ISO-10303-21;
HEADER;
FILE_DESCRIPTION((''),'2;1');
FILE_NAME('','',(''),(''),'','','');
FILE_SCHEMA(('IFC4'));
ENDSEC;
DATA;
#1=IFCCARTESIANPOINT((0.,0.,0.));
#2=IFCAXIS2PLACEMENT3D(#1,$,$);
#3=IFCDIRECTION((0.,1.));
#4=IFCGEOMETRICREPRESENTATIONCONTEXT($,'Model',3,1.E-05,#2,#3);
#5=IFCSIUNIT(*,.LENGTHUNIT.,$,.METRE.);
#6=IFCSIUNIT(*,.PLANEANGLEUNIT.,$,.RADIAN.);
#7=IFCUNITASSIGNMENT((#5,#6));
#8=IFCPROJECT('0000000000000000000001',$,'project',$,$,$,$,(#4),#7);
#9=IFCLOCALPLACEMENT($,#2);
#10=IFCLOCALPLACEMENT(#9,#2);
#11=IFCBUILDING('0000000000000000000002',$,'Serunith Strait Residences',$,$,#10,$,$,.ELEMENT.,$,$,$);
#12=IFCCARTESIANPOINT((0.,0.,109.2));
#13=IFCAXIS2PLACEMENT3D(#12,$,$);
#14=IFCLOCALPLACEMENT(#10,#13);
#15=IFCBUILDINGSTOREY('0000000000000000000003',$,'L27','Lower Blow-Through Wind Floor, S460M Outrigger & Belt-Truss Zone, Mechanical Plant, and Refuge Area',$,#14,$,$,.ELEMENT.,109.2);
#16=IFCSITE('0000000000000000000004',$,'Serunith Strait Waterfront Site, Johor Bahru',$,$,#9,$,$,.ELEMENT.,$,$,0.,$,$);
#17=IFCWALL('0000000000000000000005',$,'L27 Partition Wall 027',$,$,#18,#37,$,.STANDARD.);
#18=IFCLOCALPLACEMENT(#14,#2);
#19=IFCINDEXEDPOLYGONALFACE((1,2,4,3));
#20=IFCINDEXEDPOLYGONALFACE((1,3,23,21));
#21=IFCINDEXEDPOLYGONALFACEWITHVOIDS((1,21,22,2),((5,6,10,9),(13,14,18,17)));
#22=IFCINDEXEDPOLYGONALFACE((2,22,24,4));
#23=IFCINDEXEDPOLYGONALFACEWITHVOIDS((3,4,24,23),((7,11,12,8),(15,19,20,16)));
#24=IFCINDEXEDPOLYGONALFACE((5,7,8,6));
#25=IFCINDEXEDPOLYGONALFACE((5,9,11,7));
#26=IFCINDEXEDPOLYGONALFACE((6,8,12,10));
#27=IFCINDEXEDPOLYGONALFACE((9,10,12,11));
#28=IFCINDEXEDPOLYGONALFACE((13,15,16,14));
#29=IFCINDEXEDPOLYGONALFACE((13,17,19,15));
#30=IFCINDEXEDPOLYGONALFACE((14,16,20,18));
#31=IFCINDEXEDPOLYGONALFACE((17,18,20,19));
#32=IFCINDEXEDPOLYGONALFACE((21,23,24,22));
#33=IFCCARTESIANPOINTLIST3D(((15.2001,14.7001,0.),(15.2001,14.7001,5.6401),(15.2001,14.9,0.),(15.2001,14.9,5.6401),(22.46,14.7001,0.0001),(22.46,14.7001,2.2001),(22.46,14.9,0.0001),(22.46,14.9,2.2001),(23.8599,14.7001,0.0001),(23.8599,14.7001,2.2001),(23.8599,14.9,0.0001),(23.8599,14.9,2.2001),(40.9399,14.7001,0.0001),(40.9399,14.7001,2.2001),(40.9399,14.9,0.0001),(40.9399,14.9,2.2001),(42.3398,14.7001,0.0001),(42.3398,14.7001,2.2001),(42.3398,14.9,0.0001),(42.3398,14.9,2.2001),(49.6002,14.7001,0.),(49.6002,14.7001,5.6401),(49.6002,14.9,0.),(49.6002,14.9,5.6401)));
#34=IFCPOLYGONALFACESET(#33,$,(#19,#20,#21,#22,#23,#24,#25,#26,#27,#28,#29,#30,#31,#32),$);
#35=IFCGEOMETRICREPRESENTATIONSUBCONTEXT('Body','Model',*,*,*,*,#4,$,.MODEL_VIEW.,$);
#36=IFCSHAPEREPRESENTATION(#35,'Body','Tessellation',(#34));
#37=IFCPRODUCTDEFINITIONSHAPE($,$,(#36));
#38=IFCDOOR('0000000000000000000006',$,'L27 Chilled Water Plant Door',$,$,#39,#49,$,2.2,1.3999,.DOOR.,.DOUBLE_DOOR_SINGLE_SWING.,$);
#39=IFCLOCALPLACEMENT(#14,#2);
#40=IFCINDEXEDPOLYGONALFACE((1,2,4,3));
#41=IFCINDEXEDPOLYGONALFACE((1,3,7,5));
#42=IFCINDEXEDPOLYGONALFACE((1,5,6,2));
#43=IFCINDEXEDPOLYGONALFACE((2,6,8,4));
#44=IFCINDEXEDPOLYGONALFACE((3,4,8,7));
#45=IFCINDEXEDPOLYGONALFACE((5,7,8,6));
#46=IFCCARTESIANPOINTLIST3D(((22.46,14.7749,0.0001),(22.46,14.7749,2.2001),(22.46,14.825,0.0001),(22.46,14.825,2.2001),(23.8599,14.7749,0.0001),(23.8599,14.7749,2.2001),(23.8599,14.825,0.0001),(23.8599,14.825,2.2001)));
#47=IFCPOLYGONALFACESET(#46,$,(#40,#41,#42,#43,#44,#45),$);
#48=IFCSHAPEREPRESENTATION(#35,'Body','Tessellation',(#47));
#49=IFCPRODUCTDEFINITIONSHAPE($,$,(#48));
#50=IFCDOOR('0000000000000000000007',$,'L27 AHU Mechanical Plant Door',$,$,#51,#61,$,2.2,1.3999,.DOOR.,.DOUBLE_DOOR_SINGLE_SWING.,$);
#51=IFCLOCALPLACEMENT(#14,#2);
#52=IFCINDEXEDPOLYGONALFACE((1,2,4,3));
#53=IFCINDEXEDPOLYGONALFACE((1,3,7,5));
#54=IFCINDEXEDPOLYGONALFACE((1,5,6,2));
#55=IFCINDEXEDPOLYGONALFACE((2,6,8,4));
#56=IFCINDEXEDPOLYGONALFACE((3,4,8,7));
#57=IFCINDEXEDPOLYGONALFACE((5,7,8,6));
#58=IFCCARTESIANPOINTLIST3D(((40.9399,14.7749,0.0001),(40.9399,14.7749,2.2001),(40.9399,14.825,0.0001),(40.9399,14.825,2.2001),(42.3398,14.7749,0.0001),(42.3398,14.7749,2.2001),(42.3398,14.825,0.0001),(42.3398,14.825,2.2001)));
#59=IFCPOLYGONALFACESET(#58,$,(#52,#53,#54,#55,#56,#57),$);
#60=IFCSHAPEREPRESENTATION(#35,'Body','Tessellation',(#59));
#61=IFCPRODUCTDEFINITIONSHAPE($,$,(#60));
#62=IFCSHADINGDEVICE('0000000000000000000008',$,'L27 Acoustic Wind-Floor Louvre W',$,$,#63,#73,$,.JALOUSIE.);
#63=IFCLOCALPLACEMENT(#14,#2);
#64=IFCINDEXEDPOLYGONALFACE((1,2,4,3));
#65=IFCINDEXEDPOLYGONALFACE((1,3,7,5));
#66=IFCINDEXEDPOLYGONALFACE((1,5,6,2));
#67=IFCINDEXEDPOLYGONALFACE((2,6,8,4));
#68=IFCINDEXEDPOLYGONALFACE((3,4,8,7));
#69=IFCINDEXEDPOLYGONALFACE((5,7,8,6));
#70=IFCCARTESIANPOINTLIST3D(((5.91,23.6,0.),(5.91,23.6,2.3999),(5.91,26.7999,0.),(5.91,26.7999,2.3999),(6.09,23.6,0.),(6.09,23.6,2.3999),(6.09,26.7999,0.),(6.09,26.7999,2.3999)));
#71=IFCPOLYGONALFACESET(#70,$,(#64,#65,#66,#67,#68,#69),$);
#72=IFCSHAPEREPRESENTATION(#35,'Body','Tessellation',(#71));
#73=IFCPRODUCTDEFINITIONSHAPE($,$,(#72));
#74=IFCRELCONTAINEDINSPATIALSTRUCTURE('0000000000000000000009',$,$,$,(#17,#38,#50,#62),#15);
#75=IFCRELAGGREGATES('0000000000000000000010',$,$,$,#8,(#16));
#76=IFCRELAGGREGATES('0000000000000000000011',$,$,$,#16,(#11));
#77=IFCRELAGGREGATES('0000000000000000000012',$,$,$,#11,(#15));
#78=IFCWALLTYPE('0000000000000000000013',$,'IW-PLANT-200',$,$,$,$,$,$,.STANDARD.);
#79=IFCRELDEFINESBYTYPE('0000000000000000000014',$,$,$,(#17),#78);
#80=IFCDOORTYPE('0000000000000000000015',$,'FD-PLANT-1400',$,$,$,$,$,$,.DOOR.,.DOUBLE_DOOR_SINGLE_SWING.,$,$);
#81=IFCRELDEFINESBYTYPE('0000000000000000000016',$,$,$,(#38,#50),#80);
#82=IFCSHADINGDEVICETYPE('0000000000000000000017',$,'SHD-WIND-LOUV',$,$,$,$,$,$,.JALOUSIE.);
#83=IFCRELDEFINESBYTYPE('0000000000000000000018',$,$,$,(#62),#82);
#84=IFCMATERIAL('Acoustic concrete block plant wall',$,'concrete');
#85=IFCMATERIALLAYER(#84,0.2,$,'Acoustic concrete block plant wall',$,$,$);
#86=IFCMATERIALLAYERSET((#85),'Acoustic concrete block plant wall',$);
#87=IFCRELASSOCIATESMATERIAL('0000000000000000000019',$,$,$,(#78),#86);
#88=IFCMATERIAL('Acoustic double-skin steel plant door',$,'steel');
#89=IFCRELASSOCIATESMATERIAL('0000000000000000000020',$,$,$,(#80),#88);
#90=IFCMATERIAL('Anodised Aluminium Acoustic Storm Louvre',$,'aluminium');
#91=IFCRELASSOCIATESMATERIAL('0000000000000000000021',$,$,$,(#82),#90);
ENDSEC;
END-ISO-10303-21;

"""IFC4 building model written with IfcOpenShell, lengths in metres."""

from ifc_helpers import new_model, si_unit, direction, frame, frame_2d, origin, origin_2d, place, context, subcontext, project, spatial, rectangle, extrude, source, transform, mapped, material, layer, layer_set, type_object, element, fill, save


model = new_model("IFC4")

# Units and contexts
model_context = context("Model", 3, precision=1e-05, world=origin(), true_north=direction((0.0, 1.0)))
body_context = subcontext(model_context, "Body", "Model", "MODEL_VIEW")
ifc_project = project(units=[si_unit("LENGTHUNIT", "METRE"), si_unit("PLANEANGLEUNIT", "RADIAN")], contexts=[model_context])

# Site, building, storey
site_placement = place(None, origin())
site = spatial("IfcSite", under=ifc_project, at=site_placement, Name="Serunith Strait Waterfront Site, Johor Bahru", CompositionType="ELEMENT", RefElevation=0.0)
building_placement = place(site_placement, origin())
building = spatial("IfcBuilding", under=site, at=building_placement, Name="Serunith Strait Residences", CompositionType="ELEMENT")
storey_placement = place(building_placement, frame((0.0, 0.0, 109.2)))
storey = spatial("IfcBuildingStorey", under=building, at=storey_placement, Name="L27", Description="Lower Blow-Through Wind Floor, S460M Outrigger & Belt-Truss Zone, Mechanical Plant, and Refuge Area", CompositionType="ELEMENT", Elevation=109.2)

# Shared definitions
ifc_material_1 = material(Name="Acoustic concrete block plant wall", Category="concrete")
ifc_layer_1 = layer(ifc_material_1, 0.2, Name="Acoustic concrete block plant wall")
ifc_layer_set_1 = layer_set([ifc_layer_1], Name="Acoustic concrete block plant wall")
wall_type = type_object("IfcWallType", Name="IW-PLANT-200", PredefinedType="STANDARD", material=ifc_layer_set_1)

# Wall, openings, doors
wall_1_placement = place(storey_placement, frame((15.2, 14.8, 0.0), z_axis=(0.0, 0.0, 1.0), x_axis=(1.0, 0.0, 0.0)))
wall_1 = element("IfcWall", 1, at=wall_1_placement, inside=storey, type_object=wall_type, Name="L27 Partition Wall 027", PredefinedType="STANDARD", context=body_context, shape_type="SweptSolid", body=[
    extrude(rectangle(XDim=34.4001, YDim=0.2, at=frame_2d((17.2002, 0.0))), origin(), (0.0, 0.0, 1.0), 5.6401),
])
opening_1_placement = place(wall_1_placement, frame((7.26, 0.0, 0.0)))
opening_1 = element("IfcOpeningElement", 2, at=opening_1_placement, cuts=wall_1, PredefinedType="OPENING", context=body_context, shape_type="SweptSolid", body=[
    extrude(rectangle(XDim=1.3999, YDim=2.2, at=frame_2d((0.7, 1.1001))), frame((0.0, 0.1099, 0.0), z_axis=(0.0, -1.0, 0.0), x_axis=(1.0, 0.0, 0.0)), (0.0, 0.0, 1.0), 0.22),
])
opening_2_placement = place(wall_1_placement, frame((25.74, 0.0, 0.0)))
opening_2 = element("IfcOpeningElement", 3, at=opening_2_placement, cuts=wall_1, PredefinedType="OPENING", context=body_context, shape_type="SweptSolid", body=[
    extrude(rectangle(XDim=1.3999, YDim=2.2, at=frame_2d((0.7, 1.1001))), frame((0.0, 0.1099, 0.0), z_axis=(0.0, -1.0, 0.0), x_axis=(1.0, 0.0, 0.0)), (0.0, 0.0, 1.0), 0.22),
])
ifc_material_2 = material(Name="Acoustic double-skin steel plant door", Category="steel")
door_type = type_object("IfcDoorType", Name="FD-PLANT-1400", OperationType="DOUBLE_DOOR_SINGLE_SWING", PredefinedType="DOOR", material=ifc_material_2)
shared_shape_1 = source(origin(), body_context, "Body", "SweptSolid", [
    extrude(rectangle(XDim=1.3999, YDim=2.2, at=frame_2d((0.7, 1.1001))), frame((0.0, 0.0249, 0.0), z_axis=(0.0, -1.0, 0.0), x_axis=(1.0, 0.0, 0.0)), (0.0, 0.0, 1.0), 0.05),
])
door_1_placement = place(opening_1_placement, origin())
door_1 = element("IfcDoor", 4, at=door_1_placement, inside=storey, type_object=door_type, Name="L27 Chilled Water Plant Door", OperationType="DOUBLE_DOOR_SINGLE_SWING", OverallHeight=2.2, OverallWidth=1.3999, PredefinedType="DOOR", context=body_context, shape_type="MappedRepresentation", body=[
    mapped(shared_shape_1, transform((0.0, 0.0, 0.0), scale=1.0)),
])
fill(opening_1, door_1)
door_2_placement = place(opening_2_placement, origin())
door_2 = element("IfcDoor", 5, at=door_2_placement, inside=storey, type_object=door_type, Name="L27 AHU Mechanical Plant Door", OperationType="DOUBLE_DOOR_SINGLE_SWING", OverallHeight=2.2, OverallWidth=1.3999, PredefinedType="DOOR", context=body_context, shape_type="MappedRepresentation", body=[
    mapped(shared_shape_1, transform((0.0, 0.0, 0.0), scale=1.0)),
])
fill(opening_2, door_2)

# Shading device
ifc_material_3 = material(Name="Anodised Aluminium Acoustic Storm Louvre", Category="aluminium")
shading_device_type = type_object("IfcShadingDeviceType", Name="SHD-WIND-LOUV", PredefinedType="JALOUSIE", material=ifc_material_3)
shared_shape_2 = source(origin(), body_context, "Body", "SweptSolid", [
    extrude(rectangle(XDim=3.2, YDim=0.1799, at=origin_2d()), origin(), (0.0, 0.0, 1.0), 2.3999),
])
shading_device_placement = place(storey_placement, frame((6.0, 25.2, 0.0), z_axis=(0.0, 0.0, 1.0), x_axis=(0.0, 1.0, 0.0)))
element("IfcShadingDevice", 6, at=shading_device_placement, inside=storey, type_object=shading_device_type, Name="L27 Acoustic Wind-Floor Louvre W", PredefinedType="JALOUSIE", context=body_context, shape_type="MappedRepresentation", body=[
    mapped(shared_shape_2, transform((0.0, 0.0, 0.0), scale=1.0)),
])

save(model, "model.ifc")
